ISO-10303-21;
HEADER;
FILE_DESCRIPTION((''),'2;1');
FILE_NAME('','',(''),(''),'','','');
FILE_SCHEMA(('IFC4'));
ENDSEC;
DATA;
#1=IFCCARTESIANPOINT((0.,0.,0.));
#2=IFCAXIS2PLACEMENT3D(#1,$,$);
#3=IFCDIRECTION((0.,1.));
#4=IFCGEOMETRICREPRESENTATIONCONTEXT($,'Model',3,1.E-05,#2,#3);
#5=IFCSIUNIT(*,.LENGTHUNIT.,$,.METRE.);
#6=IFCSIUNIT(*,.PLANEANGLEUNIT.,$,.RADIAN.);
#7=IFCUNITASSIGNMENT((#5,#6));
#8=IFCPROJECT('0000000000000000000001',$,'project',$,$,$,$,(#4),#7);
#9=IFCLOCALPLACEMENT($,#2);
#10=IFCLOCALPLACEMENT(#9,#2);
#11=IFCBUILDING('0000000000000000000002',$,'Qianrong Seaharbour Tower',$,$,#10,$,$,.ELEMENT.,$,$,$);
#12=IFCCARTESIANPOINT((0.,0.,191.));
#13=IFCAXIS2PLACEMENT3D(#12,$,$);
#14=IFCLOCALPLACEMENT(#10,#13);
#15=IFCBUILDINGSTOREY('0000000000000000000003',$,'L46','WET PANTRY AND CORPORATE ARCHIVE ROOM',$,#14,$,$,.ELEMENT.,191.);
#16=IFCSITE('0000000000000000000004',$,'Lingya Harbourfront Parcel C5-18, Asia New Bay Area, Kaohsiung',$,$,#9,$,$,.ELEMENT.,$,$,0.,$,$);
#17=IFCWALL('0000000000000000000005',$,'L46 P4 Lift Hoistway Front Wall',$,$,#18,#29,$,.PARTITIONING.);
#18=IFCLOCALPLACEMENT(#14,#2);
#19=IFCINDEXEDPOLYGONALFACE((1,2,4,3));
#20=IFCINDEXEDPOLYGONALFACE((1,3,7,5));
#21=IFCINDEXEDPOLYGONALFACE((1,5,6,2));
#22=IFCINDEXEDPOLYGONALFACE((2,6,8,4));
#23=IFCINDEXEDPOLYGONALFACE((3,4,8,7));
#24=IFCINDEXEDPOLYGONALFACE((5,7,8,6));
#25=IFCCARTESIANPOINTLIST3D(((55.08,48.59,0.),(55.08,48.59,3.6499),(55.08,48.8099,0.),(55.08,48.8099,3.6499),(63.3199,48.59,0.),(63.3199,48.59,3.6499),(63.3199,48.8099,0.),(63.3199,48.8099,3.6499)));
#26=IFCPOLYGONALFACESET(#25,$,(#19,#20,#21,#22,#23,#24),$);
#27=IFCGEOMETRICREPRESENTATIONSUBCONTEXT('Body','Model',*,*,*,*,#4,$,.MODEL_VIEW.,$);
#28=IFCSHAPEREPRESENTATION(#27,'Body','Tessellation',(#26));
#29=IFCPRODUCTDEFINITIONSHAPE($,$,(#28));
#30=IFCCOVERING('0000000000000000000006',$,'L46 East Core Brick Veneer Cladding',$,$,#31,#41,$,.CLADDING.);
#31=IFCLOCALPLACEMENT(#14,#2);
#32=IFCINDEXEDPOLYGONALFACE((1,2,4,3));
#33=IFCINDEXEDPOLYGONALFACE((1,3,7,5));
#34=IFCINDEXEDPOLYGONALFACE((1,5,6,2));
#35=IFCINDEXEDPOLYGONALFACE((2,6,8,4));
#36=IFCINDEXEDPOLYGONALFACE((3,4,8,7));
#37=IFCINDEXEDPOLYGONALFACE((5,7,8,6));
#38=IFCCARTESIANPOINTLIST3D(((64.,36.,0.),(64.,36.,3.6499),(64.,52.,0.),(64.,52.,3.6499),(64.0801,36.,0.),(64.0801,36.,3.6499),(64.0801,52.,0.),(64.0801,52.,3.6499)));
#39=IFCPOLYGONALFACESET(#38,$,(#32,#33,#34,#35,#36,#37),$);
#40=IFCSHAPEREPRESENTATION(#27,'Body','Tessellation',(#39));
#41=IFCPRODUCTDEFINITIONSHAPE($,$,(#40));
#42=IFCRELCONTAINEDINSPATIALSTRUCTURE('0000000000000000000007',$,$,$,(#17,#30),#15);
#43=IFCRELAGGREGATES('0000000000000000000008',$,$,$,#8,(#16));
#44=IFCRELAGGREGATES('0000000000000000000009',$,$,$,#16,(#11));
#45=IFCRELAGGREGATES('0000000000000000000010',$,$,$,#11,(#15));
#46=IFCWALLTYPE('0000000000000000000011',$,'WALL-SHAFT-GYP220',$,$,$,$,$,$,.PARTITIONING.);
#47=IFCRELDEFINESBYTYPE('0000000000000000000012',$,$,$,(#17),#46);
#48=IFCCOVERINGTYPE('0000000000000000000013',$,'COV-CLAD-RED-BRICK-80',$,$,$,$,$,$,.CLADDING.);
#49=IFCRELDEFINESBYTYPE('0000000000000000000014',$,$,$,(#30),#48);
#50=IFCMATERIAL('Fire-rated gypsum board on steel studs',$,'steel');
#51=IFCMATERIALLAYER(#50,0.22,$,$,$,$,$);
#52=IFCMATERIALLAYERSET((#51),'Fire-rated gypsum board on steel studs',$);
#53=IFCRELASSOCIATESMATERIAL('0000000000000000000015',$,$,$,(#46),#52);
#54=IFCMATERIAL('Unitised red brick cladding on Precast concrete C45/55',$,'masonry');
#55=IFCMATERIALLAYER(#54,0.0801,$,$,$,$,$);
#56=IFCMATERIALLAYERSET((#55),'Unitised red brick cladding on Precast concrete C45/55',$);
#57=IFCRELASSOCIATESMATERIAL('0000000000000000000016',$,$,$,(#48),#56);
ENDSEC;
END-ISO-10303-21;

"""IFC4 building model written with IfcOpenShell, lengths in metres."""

from ifc_helpers import new_model, si_unit, direction, frame, frame_2d, origin, origin_2d, place, context, subcontext, project, spatial, rectangle, extrude, material, layer, layer_set, type_object, element, save


model = new_model("IFC4")

# Units and contexts
model_context = context("Model", 3, precision=1e-05, world=origin(), true_north=direction((0.0, 1.0)))
body_context = subcontext(model_context, "Body", "Model", "MODEL_VIEW")
ifc_project = project(units=[si_unit("LENGTHUNIT", "METRE"), si_unit("PLANEANGLEUNIT", "RADIAN")], contexts=[model_context])

# Site, building, storey
site_placement = place(None, origin())
site = spatial("IfcSite", under=ifc_project, at=site_placement, Name="Lingya Harbourfront Parcel C5-18, Asia New Bay Area, Kaohsiung", CompositionType="ELEMENT", RefElevation=0.0)
building_placement = place(site_placement, origin())
building = spatial("IfcBuilding", under=site, at=building_placement, Name="Qianrong Seaharbour Tower", CompositionType="ELEMENT")
storey_placement = place(building_placement, frame((0.0, 0.0, 191.0)))
storey = spatial("IfcBuildingStorey", under=building, at=storey_placement, Name="L46", Description="WET PANTRY AND CORPORATE ARCHIVE ROOM", CompositionType="ELEMENT", Elevation=191.0)

# Wall
ifc_material_1 = material(Name="Fire-rated gypsum board on steel studs", Category="steel")
ifc_layer_1 = layer(ifc_material_1, 0.22)
ifc_layer_set_1 = layer_set([ifc_layer_1], Name="Fire-rated gypsum board on steel studs")
wall_type_1 = type_object("IfcWallType", Name="WALL-SHAFT-GYP220", PredefinedType="PARTITIONING", material=ifc_layer_set_1)
for number, where, z_axis, x_axis, name in (
    (1, (63.3201, 48.7, 0.0), (0.0, 0.0, 1.0), (-1.0, 0.0, 0.0), "L46 P4 Lift Hoistway Front Wall"),
):
    element("IfcWall", number, at=place(storey_placement, frame(where, z_axis=z_axis, x_axis=x_axis)), inside=storey, type_object=wall_type_1, Name=name, PredefinedType="PARTITIONING", context=body_context, shape_type="SweptSolid", body=[
        extrude(rectangle(XDim=8.24, YDim=0.22, at=frame_2d((4.1201, 0.0))), origin(), (0.0, 0.0, 1.0), 3.6499),
    ])

# Covering
ifc_material_2 = material(Name="Unitised red brick cladding on Precast concrete C45/55", Category="masonry")
ifc_layer_2 = layer(ifc_material_2, 0.0801)
ifc_layer_set_2 = layer_set([ifc_layer_2], Name="Unitised red brick cladding on Precast concrete C45/55")
covering_type = type_object("IfcCoveringType", Name="COV-CLAD-RED-BRICK-80", PredefinedType="CLADDING", material=ifc_layer_set_2)
covering_placement = place(storey_placement, frame((64.04, 44.0, 0.0), z_axis=(0.0, 0.0, 1.0), x_axis=(1.0, 0.0, 0.0)))
element("IfcCovering", 2, at=covering_placement, inside=storey, type_object=covering_type, Name="L46 East Core Brick Veneer Cladding", PredefinedType="CLADDING", context=body_context, shape_type="SweptSolid", body=[
    extrude(rectangle(XDim=0.0801, YDim=16.0, at=origin_2d()), origin(), (0.0, 0.0, 1.0), 3.6499),
])

save(model, "model.ifc")
